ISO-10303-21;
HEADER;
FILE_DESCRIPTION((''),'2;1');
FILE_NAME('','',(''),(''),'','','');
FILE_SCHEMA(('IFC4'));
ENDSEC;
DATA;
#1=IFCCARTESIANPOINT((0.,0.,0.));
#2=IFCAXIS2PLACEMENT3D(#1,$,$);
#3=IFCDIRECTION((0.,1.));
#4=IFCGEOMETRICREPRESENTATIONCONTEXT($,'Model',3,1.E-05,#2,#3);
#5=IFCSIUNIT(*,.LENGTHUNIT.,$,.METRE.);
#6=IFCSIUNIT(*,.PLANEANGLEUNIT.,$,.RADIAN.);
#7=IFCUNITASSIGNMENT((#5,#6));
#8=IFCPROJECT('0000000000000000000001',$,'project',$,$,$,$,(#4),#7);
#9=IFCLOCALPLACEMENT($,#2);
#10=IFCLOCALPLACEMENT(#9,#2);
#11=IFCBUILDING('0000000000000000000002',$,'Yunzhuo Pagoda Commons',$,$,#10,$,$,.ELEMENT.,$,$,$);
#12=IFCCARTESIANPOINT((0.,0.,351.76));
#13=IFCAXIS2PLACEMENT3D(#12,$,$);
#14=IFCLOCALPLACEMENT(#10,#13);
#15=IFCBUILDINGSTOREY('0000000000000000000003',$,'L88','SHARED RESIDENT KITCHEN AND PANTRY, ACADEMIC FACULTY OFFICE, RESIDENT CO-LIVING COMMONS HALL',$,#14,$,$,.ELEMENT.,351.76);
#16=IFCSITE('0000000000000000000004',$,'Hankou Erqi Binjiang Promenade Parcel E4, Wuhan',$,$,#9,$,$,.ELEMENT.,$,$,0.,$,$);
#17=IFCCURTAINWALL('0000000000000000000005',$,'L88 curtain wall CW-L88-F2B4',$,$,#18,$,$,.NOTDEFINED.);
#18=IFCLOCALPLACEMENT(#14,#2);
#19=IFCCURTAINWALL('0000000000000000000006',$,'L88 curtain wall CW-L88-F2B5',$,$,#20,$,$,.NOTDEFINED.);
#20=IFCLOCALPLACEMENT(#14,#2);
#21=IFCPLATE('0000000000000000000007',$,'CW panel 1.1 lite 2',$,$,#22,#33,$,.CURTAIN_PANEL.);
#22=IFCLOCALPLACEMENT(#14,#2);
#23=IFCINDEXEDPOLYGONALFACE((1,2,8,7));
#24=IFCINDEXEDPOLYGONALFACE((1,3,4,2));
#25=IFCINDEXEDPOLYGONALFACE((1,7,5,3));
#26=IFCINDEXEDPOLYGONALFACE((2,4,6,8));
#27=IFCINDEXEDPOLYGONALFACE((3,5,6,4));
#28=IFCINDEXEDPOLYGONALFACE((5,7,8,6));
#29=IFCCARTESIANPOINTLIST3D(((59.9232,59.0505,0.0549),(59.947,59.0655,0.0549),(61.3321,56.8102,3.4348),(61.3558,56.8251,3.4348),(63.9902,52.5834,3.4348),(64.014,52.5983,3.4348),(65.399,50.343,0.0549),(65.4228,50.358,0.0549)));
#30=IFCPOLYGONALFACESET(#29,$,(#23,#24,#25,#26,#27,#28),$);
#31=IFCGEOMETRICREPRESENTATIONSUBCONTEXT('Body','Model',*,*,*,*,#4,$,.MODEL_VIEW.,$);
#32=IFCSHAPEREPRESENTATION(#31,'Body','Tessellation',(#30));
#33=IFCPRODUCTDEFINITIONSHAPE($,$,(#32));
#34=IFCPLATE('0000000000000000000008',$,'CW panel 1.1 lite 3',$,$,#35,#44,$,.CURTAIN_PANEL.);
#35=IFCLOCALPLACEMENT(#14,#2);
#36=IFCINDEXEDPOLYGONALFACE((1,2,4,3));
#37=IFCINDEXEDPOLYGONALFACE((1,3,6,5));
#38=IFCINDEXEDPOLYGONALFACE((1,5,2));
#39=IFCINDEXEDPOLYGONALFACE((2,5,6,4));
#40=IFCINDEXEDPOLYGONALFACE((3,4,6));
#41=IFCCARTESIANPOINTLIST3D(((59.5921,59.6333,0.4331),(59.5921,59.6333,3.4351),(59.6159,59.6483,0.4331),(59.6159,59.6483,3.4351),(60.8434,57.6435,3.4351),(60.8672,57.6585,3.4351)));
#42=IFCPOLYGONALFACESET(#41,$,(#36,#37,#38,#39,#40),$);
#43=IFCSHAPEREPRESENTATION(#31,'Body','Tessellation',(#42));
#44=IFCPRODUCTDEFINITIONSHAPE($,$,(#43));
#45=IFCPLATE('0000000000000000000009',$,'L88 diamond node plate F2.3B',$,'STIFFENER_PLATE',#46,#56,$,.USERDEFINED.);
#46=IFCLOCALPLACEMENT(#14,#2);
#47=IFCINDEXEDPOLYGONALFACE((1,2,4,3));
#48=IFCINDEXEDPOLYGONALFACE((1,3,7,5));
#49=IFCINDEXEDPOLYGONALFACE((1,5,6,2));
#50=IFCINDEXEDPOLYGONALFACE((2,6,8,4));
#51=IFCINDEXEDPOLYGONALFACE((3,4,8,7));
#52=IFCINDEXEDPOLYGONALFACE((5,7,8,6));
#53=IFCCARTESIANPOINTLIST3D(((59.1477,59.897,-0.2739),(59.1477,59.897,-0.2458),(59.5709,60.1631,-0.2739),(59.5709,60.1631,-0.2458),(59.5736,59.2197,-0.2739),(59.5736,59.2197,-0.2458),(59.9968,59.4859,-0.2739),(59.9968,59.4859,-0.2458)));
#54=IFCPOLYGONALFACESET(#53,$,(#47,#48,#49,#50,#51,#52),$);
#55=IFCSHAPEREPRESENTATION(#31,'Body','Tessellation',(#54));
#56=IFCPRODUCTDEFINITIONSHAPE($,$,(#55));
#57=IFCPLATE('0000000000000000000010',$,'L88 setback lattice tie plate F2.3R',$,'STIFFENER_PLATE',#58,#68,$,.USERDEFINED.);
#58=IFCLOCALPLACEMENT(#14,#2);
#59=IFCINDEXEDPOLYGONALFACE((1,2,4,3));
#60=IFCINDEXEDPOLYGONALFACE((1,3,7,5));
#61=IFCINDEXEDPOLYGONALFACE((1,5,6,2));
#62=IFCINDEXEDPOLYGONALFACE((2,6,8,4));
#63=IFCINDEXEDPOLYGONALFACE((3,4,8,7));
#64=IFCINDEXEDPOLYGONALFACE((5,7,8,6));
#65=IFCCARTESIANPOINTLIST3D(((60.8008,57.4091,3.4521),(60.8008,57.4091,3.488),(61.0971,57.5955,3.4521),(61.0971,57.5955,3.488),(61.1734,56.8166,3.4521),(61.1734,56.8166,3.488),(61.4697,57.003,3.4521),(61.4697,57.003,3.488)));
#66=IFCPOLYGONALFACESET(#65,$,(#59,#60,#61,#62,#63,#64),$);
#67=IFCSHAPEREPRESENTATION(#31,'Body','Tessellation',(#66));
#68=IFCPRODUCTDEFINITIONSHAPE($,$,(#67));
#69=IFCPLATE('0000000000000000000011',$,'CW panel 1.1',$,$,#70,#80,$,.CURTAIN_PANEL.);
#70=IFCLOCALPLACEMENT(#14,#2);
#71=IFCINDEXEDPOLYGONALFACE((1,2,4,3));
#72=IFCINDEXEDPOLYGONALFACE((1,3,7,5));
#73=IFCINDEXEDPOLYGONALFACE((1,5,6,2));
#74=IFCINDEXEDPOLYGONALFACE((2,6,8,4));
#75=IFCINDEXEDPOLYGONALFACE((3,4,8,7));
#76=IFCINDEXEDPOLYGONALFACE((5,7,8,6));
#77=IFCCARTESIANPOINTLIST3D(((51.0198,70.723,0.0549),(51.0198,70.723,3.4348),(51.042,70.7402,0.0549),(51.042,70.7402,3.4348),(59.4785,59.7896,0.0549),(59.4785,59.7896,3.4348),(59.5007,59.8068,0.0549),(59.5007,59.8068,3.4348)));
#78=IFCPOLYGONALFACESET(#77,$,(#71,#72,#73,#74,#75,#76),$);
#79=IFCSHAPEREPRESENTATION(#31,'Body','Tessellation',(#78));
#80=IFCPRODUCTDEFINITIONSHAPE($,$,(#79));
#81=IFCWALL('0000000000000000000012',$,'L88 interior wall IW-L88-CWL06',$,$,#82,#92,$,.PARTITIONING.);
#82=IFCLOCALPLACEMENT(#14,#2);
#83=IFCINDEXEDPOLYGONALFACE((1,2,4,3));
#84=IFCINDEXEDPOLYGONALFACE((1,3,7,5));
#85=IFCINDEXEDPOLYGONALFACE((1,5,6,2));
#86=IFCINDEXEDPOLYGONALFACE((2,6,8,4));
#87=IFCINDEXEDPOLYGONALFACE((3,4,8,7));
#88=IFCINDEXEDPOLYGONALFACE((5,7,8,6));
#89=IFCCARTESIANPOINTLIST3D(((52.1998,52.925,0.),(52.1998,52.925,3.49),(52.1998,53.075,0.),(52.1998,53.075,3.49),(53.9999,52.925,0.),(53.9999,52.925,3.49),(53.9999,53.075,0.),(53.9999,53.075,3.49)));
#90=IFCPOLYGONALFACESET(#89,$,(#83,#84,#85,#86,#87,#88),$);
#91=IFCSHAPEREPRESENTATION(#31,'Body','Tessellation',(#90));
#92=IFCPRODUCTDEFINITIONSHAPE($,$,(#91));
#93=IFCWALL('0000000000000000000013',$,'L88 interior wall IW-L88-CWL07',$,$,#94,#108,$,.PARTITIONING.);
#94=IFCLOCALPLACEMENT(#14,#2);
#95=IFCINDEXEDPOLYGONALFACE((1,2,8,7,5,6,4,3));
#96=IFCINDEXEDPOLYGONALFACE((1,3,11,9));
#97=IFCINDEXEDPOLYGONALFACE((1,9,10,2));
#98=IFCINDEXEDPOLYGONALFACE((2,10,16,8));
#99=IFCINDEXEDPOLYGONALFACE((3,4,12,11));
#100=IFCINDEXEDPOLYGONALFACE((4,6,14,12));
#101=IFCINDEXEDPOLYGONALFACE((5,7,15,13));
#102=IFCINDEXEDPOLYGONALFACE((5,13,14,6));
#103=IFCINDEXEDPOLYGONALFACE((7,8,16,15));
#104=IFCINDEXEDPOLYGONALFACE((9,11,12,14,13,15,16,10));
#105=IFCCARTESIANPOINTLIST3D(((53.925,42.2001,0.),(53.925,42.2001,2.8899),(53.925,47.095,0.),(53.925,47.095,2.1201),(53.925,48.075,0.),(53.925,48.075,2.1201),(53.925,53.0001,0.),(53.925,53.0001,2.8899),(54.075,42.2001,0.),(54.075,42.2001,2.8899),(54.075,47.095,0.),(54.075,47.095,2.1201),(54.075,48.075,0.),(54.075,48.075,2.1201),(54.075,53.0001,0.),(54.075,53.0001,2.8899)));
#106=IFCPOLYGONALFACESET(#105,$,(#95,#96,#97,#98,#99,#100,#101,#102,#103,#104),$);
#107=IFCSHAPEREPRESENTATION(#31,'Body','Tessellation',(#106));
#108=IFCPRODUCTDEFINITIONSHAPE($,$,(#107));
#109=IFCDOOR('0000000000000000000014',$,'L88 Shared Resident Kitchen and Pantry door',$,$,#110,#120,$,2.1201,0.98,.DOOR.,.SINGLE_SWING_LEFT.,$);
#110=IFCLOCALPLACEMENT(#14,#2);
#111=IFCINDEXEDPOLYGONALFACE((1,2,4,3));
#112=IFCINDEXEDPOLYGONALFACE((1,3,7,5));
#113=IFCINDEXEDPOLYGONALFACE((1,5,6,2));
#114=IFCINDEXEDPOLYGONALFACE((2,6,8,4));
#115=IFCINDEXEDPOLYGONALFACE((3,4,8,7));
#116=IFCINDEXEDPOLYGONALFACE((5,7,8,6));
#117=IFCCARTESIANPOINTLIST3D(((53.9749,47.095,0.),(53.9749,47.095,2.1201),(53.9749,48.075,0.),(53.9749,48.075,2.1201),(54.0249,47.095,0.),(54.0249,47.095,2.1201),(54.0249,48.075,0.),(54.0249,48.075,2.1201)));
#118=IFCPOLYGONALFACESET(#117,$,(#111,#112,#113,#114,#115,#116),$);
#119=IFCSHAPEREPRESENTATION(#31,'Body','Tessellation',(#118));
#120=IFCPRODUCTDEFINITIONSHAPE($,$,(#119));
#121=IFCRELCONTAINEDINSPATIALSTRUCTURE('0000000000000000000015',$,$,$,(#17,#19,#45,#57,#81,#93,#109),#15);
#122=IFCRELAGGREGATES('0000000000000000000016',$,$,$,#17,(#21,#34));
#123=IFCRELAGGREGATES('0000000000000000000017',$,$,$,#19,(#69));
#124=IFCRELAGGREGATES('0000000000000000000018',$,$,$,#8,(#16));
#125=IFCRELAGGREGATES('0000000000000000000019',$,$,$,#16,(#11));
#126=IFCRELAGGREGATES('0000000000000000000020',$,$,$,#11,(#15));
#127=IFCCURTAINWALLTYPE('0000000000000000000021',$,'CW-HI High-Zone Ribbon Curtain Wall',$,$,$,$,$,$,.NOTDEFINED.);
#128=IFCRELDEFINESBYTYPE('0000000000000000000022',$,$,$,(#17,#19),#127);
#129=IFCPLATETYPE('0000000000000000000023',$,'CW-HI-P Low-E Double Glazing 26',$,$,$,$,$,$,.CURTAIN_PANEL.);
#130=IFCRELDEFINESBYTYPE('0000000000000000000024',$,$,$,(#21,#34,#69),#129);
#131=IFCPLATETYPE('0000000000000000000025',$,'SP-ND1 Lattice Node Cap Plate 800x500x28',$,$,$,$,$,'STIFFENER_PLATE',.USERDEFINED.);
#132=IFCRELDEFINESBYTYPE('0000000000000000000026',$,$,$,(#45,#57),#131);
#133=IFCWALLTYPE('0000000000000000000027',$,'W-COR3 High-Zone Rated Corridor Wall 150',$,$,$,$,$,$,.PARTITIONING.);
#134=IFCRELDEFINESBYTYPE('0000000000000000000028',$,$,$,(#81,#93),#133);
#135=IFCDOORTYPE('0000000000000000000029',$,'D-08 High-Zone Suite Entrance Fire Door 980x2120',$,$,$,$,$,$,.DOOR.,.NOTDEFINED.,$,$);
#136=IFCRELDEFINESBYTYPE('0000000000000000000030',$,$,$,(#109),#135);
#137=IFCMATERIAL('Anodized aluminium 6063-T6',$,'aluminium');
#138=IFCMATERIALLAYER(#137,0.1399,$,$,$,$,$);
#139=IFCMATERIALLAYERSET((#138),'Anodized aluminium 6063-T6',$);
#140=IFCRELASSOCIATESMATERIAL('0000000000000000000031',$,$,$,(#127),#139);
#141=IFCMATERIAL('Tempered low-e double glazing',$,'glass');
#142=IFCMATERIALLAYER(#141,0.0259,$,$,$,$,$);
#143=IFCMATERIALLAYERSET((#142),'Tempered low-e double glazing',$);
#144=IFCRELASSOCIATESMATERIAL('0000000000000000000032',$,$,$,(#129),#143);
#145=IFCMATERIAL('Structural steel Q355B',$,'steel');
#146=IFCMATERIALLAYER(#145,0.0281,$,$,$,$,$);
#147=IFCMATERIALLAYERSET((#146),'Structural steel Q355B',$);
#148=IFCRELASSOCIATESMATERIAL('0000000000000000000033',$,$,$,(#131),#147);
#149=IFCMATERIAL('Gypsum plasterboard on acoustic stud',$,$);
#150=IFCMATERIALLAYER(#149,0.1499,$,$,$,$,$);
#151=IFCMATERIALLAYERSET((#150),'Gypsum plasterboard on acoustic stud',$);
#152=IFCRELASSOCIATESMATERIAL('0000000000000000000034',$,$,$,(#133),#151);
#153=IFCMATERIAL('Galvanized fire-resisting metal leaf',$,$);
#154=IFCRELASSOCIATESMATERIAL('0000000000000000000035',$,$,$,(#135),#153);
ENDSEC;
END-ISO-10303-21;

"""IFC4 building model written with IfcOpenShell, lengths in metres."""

from ifc_helpers import new_model, si_unit, direction, frame, frame_2d, origin, origin_with_axes, origin_2d, place, context, subcontext, project, spatial, polyline, rectangle, outline, extrude, source, transform, mapped, material, layer, layer_set, type_object, element, fill, aggregate, save


model = new_model("IFC4")

# Units and contexts
model_context = context("Model", 3, precision=1e-05, world=origin(), true_north=direction((0.0, 1.0)))
body_context = subcontext(model_context, "Body", "Model", "MODEL_VIEW")
ifc_project = project(units=[si_unit("LENGTHUNIT", "METRE"), si_unit("PLANEANGLEUNIT", "RADIAN")], contexts=[model_context])

# Site, building, storey
site_placement = place(None, origin())
site = spatial("IfcSite", under=ifc_project, at=site_placement, Name="Hankou Erqi Binjiang Promenade Parcel E4, Wuhan", CompositionType="ELEMENT", RefElevation=0.0)
building_placement = place(site_placement, origin())
building = spatial("IfcBuilding", under=site, at=building_placement, Name="Yunzhuo Pagoda Commons", CompositionType="ELEMENT")
storey_placement = place(building_placement, frame((0.0, 0.0, 351.76)))
storey = spatial("IfcBuildingStorey", under=building, at=storey_placement, Name="L88", Description="SHARED RESIDENT KITCHEN AND PANTRY, ACADEMIC FACULTY OFFICE, RESIDENT CO-LIVING COMMONS HALL", CompositionType="ELEMENT", Elevation=351.76)

# Shared definitions
ifc_material_1 = material(Name="Structural steel Q355B", Category="steel")

# Curtain wall
ifc_material_2 = material(Name="Anodized aluminium 6063-T6", Category="aluminium")
ifc_layer_1 = layer(ifc_material_2, 0.1399)
ifc_layer_set_1 = layer_set([ifc_layer_1], Name="Anodized aluminium 6063-T6")
curtain_wall_type = type_object("IfcCurtainWallType", Name="CW-HI High-Zone Ribbon Curtain Wall", PredefinedType="NOTDEFINED", material=ifc_layer_set_1)
curtain_wall_1_placement = place(storey_placement, origin())
curtain_wall_1 = element("IfcCurtainWall", 1, at=curtain_wall_1_placement, inside=storey, type_object=curtain_wall_type, Name="L88 curtain wall CW-L88-F2B4", PredefinedType="NOTDEFINED")

# Curtain wall
curtain_wall_2_placement = place(storey_placement, origin())
curtain_wall_2 = element("IfcCurtainWall", 2, at=curtain_wall_2_placement, inside=storey, type_object=curtain_wall_type, Name="L88 curtain wall CW-L88-F2B5", PredefinedType="NOTDEFINED")

# Plates
ifc_material_3 = material(Name="Tempered low-e double glazing", Category="glass")
ifc_layer_2 = layer(ifc_material_3, 0.0259)
ifc_layer_set_2 = layer_set([ifc_layer_2], Name="Tempered low-e double glazing")
plate_type_1 = type_object("IfcPlateType", Name="CW-HI-P Low-E Double Glazing 26", PredefinedType="CURTAIN_PANEL", material=ifc_layer_set_2)
plate_1_placement = place(storey_placement, frame((62.6611, 54.6968, 1.7449), z_axis=(0.846525, 0.53235, 0.0), x_axis=(-0.53235, 0.846525, 0.0)))
plate_1 = element("IfcPlate", 3, at=plate_1_placement, type_object=plate_type_1, Name="CW panel 1.1 lite 2", PredefinedType="CURTAIN_PANEL", context=body_context, shape_type="SweptSolid", body=[
    extrude(outline(polyline([(-5.1431, -1.6899), (5.1431, -1.6899), (2.4966, 1.6899), (-2.4966, 1.6899), (-5.1431, -1.6899)])), origin(), (0.0, 0.0, 1.0), 0.0281),
])
plate_2_placement = place(storey_placement, frame((60.2178, 58.6384, 1.9341), z_axis=(0.846525, 0.53235, 0.0), x_axis=(-0.53235, 0.846525, 0.0)))
plate_2 = element("IfcPlate", 4, at=plate_2_placement, type_object=plate_type_1, Name="CW panel 1.1 lite 3", PredefinedType="CURTAIN_PANEL", context=body_context, shape_type="SweptSolid", body=[
    extrude(outline(polyline([(-1.1753, 1.501), (1.1753, -1.501), (1.1753, 1.501), (-1.1753, 1.501)])), origin(), (0.0, 0.0, 1.0), 0.0281),
])
aggregate(curtain_wall_1, [plate_1, plate_2])

# Plates
ifc_layer_3 = layer(ifc_material_1, 0.0281)
ifc_layer_set_3 = layer_set([ifc_layer_3], Name="Structural steel Q355B")
plate_type_2 = type_object("IfcPlateType", Name="SP-ND1 Lattice Node Cap Plate 800x500x28", ElementType="STIFFENER_PLATE", PredefinedType="USERDEFINED", material=ifc_layer_set_3)
shared_shape_1 = source(origin(), body_context, "Body", "SweptSolid", [
    extrude(rectangle(XDim=0.8, YDim=0.5, at=origin_2d()), origin(), (0.0, 0.0, 1.0), 0.0281),
])
plate_3_placement = place(storey_placement, frame((59.5723, 59.6914, -0.2739), z_axis=(0.0, 0.0, 1.0), x_axis=(-0.532344, 0.846528, 0.0)))
element("IfcPlate", 5, at=plate_3_placement, inside=storey, type_object=plate_type_2, Name="L88 diamond node plate F2.3B", ObjectType="STIFFENER_PLATE", PredefinedType="USERDEFINED", context=body_context, shape_type="MappedRepresentation", body=[
    mapped(shared_shape_1, transform((0.0, 0.0, 0.0), scale=1.0)),
])
shared_shape_2 = source(origin(), body_context, "Body", "SweptSolid", [
    extrude(rectangle(XDim=0.7, YDim=0.3501, at=origin_2d()), origin(), (0.0, 0.0, 1.0), 0.0359),
])
plate_4_placement = place(storey_placement, frame((61.1353, 57.2061, 3.4521), z_axis=(0.0, 0.0, 1.0), x_axis=(-0.532344, 0.846528, 0.0)))
element("IfcPlate", 6, at=plate_4_placement, inside=storey, type_object=plate_type_2, Name="L88 setback lattice tie plate F2.3R", ObjectType="STIFFENER_PLATE", PredefinedType="USERDEFINED", context=body_context, shape_type="MappedRepresentation", body=[
    mapped(shared_shape_2, transform((0.0, 0.0, 0.0), scale=1.0)),
])

# Plate
shared_shape_3 = source(origin(), body_context, "Body", "SweptSolid", [
    extrude(rectangle(XDim=13.8235, YDim=0.0281, at=origin_2d()), origin(), (0.0, 0.0, 1.0), 3.3799),
])
plate_5_placement = place(storey_placement, frame((55.2603, 65.2649, 0.0549), z_axis=(0.0, 0.0, 1.0), x_axis=(-0.61191, 0.790927, 0.0)))
plate_5 = element("IfcPlate", 7, at=plate_5_placement, type_object=plate_type_1, Name="CW panel 1.1", PredefinedType="CURTAIN_PANEL", context=body_context, shape_type="MappedRepresentation", body=[
    mapped(shared_shape_3, transform((0.0, 0.0, 0.0), scale=1.0)),
])
aggregate(curtain_wall_2, [plate_5])

# Wall
ifc_material_4 = material(Name="Gypsum plasterboard on acoustic stud")
ifc_layer_4 = layer(ifc_material_4, 0.1499)
ifc_layer_set_4 = layer_set([ifc_layer_4], Name="Gypsum plasterboard on acoustic stud")
wall_type_1 = type_object("IfcWallType", Name="W-COR3 High-Zone Rated Corridor Wall 150", PredefinedType="PARTITIONING", material=ifc_layer_set_4)
wall_1_placement = place(storey_placement, frame((52.2, 53.0, 0.0), z_axis=(0.0, 0.0, 1.0), x_axis=(1.0, 0.0, 0.0)))
element("IfcWall", 8, at=wall_1_placement, inside=storey, type_object=wall_type_1, Name="L88 interior wall IW-L88-CWL06", PredefinedType="PARTITIONING", context=body_context, shape_type="SweptSolid", body=[
    extrude(rectangle(XDim=1.8, YDim=0.1499, at=frame_2d((0.8999, 0.0))), origin(), (0.0, 0.0, 1.0), 3.49),
])

# Wall, opening, door
wall_2_placement = place(storey_placement, frame((54.0, 53.0, 0.0), z_axis=(0.0, 0.0, 1.0), x_axis=(0.0, -1.0, 0.0)))
wall_2 = element("IfcWall", 9, at=wall_2_placement, inside=storey, type_object=wall_type_1, Name="L88 interior wall IW-L88-CWL07", PredefinedType="PARTITIONING", context=body_context, shape_type="SweptSolid", body=[
    extrude(rectangle(XDim=10.8, YDim=0.1499, at=frame_2d((5.3999, 0.0))), origin(), (0.0, 0.0, 1.0), 2.8899),
])
opening_1_placement = place(wall_2_placement, frame((4.925, 0.0, 0.0)))
opening_1 = element("IfcOpeningElement", 10, at=opening_1_placement, cuts=wall_2, PredefinedType="OPENING", context=body_context, shape_type="SweptSolid", body=[
    extrude(rectangle(XDim=0.98, YDim=2.1201, at=frame_2d((0.49, 1.0601))), frame((0.0, 0.085, 0.0), z_axis=(0.0, -1.0, 0.0), x_axis=(1.0, 0.0, 0.0)), (0.0, 0.0, 1.0), 0.1699),
])
ifc_material_5 = material(Name="Galvanized fire-resisting metal leaf")
door_type_1 = type_object("IfcDoorType", Name="D-08 High-Zone Suite Entrance Fire Door 980x2120", OperationType="NOTDEFINED", PredefinedType="DOOR", material=ifc_material_5)
shared_shape_4 = source(origin(), body_context, "Body", "SweptSolid", [
    extrude(rectangle(XDim=0.98, YDim=2.1201, at=frame_2d((0.49, 1.0601))), frame((0.0, 0.0249, 0.0), z_axis=(0.0, -1.0, 0.0), x_axis=(1.0, 0.0, 0.0)), (0.0, 0.0, 1.0), 0.05),
])
door_1_placement = place(opening_1_placement, origin_with_axes())
door_1 = element("IfcDoor", 11, at=door_1_placement, inside=storey, type_object=door_type_1, Name="L88 Shared Resident Kitchen and Pantry door", OperationType="SINGLE_SWING_LEFT", OverallHeight=2.1201, OverallWidth=0.98, PredefinedType="DOOR", context=body_context, shape_type="MappedRepresentation", body=[
    mapped(shared_shape_4, transform((0.0, 0.0, 0.0), scale=1.0)),
])
fill(opening_1, door_1)

save(model, "model.ifc")
